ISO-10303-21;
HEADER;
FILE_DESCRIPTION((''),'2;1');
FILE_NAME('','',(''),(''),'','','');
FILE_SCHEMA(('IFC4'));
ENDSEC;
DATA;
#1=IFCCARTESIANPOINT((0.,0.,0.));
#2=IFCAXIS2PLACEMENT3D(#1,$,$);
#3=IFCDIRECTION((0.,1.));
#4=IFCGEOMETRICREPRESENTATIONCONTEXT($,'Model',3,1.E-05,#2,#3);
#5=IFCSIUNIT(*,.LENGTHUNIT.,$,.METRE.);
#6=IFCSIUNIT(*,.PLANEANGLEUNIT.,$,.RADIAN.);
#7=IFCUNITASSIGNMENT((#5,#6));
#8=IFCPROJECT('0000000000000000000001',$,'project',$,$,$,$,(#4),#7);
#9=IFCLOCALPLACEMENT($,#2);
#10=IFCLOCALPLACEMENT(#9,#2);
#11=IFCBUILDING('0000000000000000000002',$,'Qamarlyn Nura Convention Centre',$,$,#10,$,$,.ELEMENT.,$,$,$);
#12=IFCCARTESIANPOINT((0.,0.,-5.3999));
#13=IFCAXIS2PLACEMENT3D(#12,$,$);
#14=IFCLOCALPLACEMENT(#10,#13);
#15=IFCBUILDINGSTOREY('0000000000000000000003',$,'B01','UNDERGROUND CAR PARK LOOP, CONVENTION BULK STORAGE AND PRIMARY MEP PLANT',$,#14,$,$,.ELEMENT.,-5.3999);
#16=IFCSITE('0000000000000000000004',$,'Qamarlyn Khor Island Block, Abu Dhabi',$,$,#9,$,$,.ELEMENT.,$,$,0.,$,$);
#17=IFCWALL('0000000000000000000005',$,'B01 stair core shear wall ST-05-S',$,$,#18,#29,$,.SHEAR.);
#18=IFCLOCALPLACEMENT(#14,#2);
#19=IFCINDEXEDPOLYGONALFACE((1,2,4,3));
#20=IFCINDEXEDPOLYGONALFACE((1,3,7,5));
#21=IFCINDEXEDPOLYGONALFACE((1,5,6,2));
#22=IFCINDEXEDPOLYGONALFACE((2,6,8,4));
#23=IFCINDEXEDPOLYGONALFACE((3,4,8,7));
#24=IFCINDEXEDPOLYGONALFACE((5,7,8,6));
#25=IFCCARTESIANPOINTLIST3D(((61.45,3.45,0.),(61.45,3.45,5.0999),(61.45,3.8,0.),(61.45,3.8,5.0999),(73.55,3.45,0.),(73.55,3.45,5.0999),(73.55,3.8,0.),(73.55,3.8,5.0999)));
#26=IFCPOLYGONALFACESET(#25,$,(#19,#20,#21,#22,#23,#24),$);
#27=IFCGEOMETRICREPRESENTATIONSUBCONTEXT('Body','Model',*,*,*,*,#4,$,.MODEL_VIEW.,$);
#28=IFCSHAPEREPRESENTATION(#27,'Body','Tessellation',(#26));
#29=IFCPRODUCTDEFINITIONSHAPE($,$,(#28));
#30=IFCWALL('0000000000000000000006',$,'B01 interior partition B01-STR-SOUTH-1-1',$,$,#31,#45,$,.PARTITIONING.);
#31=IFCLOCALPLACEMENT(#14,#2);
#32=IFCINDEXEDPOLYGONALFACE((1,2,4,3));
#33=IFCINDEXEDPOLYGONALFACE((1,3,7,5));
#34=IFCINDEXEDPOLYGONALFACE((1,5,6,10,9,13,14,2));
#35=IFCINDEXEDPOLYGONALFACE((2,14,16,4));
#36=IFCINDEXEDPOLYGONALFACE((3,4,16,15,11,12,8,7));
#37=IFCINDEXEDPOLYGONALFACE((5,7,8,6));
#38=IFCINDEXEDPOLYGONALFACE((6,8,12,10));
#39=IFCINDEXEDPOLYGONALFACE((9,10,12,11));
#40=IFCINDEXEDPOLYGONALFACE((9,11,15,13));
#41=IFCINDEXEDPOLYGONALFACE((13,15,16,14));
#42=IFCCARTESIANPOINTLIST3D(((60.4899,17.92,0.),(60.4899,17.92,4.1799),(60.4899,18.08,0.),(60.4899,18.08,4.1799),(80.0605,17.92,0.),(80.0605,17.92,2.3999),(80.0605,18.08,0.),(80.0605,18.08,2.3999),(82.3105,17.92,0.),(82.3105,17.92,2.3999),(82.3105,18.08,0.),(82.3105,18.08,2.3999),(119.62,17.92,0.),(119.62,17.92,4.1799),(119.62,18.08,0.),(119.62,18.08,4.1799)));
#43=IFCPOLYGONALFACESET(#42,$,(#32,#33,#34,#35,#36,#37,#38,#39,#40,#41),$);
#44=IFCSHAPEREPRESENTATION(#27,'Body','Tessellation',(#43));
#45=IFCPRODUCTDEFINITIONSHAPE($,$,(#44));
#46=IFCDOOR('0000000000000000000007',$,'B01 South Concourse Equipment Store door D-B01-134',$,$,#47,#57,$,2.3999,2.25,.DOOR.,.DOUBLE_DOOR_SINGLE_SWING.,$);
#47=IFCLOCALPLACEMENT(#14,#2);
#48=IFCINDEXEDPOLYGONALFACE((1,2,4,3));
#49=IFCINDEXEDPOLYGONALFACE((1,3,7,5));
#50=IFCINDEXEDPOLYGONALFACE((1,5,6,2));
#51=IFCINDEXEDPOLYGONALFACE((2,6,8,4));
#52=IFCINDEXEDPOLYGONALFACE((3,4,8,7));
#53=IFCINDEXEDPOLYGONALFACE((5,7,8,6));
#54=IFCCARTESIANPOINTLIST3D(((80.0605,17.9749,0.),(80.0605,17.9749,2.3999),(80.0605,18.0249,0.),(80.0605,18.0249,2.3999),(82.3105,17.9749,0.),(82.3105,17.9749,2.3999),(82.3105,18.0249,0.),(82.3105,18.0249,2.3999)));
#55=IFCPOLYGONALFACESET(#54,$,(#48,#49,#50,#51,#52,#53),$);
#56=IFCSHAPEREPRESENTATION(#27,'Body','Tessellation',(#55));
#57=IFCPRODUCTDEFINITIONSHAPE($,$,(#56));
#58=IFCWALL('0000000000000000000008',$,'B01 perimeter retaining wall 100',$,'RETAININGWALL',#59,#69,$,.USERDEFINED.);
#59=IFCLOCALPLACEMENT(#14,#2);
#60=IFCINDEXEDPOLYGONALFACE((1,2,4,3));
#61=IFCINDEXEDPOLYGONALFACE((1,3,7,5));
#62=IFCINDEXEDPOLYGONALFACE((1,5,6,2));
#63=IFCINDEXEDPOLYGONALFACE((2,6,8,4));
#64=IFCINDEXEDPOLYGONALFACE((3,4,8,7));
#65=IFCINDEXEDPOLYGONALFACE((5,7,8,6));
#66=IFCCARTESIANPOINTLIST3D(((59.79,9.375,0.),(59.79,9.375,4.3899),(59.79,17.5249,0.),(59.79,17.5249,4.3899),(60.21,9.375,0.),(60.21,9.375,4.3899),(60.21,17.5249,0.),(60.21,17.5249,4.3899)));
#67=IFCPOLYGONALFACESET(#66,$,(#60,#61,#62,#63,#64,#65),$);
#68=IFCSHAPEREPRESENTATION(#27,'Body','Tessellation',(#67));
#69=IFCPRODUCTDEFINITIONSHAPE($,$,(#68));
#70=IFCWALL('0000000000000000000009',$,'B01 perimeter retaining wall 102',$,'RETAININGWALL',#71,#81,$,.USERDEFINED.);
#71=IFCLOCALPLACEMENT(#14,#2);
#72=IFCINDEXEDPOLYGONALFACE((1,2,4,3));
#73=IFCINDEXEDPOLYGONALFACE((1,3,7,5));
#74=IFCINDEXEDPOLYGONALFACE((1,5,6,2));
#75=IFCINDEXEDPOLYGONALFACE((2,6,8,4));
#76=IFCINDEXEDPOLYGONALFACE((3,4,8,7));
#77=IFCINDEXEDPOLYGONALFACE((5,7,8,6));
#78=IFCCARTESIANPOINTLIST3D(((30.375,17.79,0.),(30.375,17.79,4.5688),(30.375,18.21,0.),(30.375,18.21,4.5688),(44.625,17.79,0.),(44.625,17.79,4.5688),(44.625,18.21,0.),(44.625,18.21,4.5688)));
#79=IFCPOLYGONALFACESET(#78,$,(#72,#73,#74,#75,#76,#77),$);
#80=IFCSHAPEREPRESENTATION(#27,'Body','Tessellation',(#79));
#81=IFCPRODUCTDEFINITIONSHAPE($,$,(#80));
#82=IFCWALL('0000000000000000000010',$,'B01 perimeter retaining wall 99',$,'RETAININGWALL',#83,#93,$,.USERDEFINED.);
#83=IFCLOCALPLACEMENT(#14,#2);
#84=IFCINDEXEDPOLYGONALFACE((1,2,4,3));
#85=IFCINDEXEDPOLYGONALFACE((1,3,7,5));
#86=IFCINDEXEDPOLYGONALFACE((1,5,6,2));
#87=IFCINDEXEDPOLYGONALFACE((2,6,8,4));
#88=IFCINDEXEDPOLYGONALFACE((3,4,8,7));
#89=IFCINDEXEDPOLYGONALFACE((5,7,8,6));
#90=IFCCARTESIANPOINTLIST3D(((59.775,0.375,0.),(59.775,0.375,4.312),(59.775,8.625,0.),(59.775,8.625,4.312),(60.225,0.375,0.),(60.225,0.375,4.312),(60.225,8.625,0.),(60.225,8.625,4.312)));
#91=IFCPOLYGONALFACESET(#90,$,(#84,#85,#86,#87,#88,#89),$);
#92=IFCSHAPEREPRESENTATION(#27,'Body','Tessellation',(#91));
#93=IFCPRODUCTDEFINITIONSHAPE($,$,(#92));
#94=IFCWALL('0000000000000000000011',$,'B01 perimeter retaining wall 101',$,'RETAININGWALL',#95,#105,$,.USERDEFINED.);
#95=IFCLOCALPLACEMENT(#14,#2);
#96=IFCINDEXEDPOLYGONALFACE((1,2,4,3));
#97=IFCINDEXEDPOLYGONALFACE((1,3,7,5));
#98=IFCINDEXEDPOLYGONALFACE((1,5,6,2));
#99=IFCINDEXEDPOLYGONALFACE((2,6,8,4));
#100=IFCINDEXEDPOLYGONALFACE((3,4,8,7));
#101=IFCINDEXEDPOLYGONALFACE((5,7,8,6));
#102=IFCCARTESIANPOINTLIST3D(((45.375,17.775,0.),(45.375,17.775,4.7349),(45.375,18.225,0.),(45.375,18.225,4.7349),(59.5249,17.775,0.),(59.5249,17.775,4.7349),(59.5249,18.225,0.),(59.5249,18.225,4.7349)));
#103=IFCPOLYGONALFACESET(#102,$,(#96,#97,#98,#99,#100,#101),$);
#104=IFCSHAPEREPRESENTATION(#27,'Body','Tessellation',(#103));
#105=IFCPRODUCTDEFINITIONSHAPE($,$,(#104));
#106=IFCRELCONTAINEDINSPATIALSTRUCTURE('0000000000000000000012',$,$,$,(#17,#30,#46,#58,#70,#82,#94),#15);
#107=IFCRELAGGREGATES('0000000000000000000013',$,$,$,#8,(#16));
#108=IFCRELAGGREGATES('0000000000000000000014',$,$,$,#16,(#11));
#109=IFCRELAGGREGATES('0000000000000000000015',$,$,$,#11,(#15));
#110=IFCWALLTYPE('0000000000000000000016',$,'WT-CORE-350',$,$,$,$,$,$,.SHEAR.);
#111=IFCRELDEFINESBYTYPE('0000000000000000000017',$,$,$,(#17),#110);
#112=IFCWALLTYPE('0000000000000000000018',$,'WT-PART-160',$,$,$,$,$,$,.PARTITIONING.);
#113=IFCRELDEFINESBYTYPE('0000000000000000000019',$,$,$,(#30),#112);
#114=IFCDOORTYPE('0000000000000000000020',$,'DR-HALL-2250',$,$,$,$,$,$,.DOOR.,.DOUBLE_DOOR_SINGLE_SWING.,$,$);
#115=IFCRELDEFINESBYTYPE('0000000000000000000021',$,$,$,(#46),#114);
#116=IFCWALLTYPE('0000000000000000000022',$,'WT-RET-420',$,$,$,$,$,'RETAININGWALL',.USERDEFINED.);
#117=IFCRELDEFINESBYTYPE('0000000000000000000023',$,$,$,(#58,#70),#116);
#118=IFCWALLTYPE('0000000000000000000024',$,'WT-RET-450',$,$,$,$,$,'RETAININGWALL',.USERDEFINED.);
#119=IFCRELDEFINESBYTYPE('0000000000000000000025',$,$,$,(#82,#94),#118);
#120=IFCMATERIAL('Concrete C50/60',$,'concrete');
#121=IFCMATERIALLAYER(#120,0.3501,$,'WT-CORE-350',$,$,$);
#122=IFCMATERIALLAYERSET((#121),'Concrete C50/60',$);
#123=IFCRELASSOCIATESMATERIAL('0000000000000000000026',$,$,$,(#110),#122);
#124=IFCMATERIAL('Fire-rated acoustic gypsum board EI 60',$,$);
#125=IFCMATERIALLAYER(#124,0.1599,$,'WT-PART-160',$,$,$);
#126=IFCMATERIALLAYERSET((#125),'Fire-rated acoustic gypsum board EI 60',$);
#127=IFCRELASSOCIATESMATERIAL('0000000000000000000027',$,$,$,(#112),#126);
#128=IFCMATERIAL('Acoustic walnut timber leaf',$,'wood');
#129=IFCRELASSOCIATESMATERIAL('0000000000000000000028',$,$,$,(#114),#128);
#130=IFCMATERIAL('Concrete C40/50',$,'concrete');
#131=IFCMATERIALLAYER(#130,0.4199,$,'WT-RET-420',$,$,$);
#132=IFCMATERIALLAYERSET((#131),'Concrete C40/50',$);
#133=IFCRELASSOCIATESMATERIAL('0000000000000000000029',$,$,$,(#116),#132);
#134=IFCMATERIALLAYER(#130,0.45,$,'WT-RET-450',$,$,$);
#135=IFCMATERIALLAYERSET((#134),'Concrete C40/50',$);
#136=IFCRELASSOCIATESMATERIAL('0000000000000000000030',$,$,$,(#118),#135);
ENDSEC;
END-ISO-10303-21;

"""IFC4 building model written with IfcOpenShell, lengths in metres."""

from ifc_helpers import new_model, si_unit, direction, frame, frame_2d, origin, place, context, subcontext, project, spatial, rectangle, extrude, material, layer, layer_set, type_object, element, fill, save


model = new_model("IFC4")

# Units and contexts
model_context = context("Model", 3, precision=1e-05, world=origin(), true_north=direction((0.0, 1.0)))
body_context = subcontext(model_context, "Body", "Model", "MODEL_VIEW")
ifc_project = project(units=[si_unit("LENGTHUNIT", "METRE"), si_unit("PLANEANGLEUNIT", "RADIAN")], contexts=[model_context])

# Site, building, storey
site_placement = place(None, origin())
site = spatial("IfcSite", under=ifc_project, at=site_placement, Name="Qamarlyn Khor Island Block, Abu Dhabi", CompositionType="ELEMENT", RefElevation=0.0)
building_placement = place(site_placement, origin())
building = spatial("IfcBuilding", under=site, at=building_placement, Name="Qamarlyn Nura Convention Centre", CompositionType="ELEMENT")
storey_placement = place(building_placement, frame((0.0, 0.0, -5.3999)))
storey = spatial("IfcBuildingStorey", under=building, at=storey_placement, Name="B01", Description="UNDERGROUND CAR PARK LOOP, CONVENTION BULK STORAGE AND PRIMARY MEP PLANT", CompositionType="ELEMENT", Elevation=-5.3999)

# Shared definitions
ifc_material_1 = material(Name="Concrete C40/50", Category="concrete")

# Shared definitions
ifc_material_2 = material(Name="Concrete C50/60", Category="concrete")

# Wall
ifc_layer_1 = layer(ifc_material_2, 0.3501, Name="WT-CORE-350")
ifc_layer_set_1 = layer_set([ifc_layer_1], Name="Concrete C50/60")
wall_type_1 = type_object("IfcWallType", Name="WT-CORE-350", PredefinedType="SHEAR", material=ifc_layer_set_1)
wall_1_placement = place(storey_placement, frame((61.45, 3.625, 0.0), z_axis=(0.0, 0.0, 1.0), x_axis=(1.0, 0.0, 0.0)))
element("IfcWall", 1, at=wall_1_placement, inside=storey, type_object=wall_type_1, Name="B01 stair core shear wall ST-05-S", PredefinedType="SHEAR", context=body_context, shape_type="SweptSolid", body=[
    extrude(rectangle(XDim=12.1001, YDim=0.3501, at=frame_2d((6.05, 0.0))), origin(), (0.0, 0.0, 1.0), 5.0999),
])

# Wall, opening, door
ifc_material_3 = material(Name="Fire-rated acoustic gypsum board EI 60")
ifc_layer_2 = layer(ifc_material_3, 0.1599, Name="WT-PART-160")
ifc_layer_set_2 = layer_set([ifc_layer_2], Name="Fire-rated acoustic gypsum board EI 60")
wall_type_2 = type_object("IfcWallType", Name="WT-PART-160", PredefinedType="PARTITIONING", material=ifc_layer_set_2)
wall_2_placement = place(storey_placement, frame((60.49, 18.0, 0.0), z_axis=(0.0, 0.0, 1.0), x_axis=(1.0, 0.0, 0.0)))
wall_2 = element("IfcWall", 2, at=wall_2_placement, inside=storey, type_object=wall_type_2, Name="B01 interior partition B01-STR-SOUTH-1-1", PredefinedType="PARTITIONING", context=body_context, shape_type="SweptSolid", body=[
    extrude(rectangle(XDim=59.1301, YDim=0.1599, at=frame_2d((29.5649, 0.0))), origin(), (0.0, 0.0, 1.0), 4.1799),
])
opening_placement = place(wall_2_placement, frame((19.5706, 0.0, 0.0)))
opening = element("IfcOpeningElement", 3, at=opening_placement, cuts=wall_2, PredefinedType="OPENING", context=body_context, shape_type="SweptSolid", body=[
    extrude(rectangle(XDim=2.25, YDim=2.3999, at=frame_2d((1.125, 1.2))), frame((0.0, 0.0898, 0.0), z_axis=(0.0, -1.0, 0.0), x_axis=(1.0, 0.0, 0.0)), (0.0, 0.0, 1.0), 0.1799),
])
ifc_material_4 = material(Name="Acoustic walnut timber leaf", Category="wood")
door_type = type_object("IfcDoorType", Name="DR-HALL-2250", OperationType="DOUBLE_DOOR_SINGLE_SWING", PredefinedType="DOOR", material=ifc_material_4)
door_placement = place(opening_placement, origin())
door = element("IfcDoor", 4, at=door_placement, inside=storey, type_object=door_type, Name="B01 South Concourse Equipment Store door D-B01-134", OperationType="DOUBLE_DOOR_SINGLE_SWING", OverallHeight=2.3999, OverallWidth=2.25, PredefinedType="DOOR", context=body_context, shape_type="SweptSolid", body=[
    extrude(rectangle(XDim=2.25, YDim=2.3999, at=frame_2d((1.125, 1.2))), frame((0.0, 0.0249, 0.0), z_axis=(0.0, -1.0, 0.0), x_axis=(1.0, 0.0, 0.0)), (0.0, 0.0, 1.0), 0.05),
])
fill(opening, door)

# Walls
ifc_layer_3 = layer(ifc_material_1, 0.4199, Name="WT-RET-420")
ifc_layer_set_3 = layer_set([ifc_layer_3], Name="Concrete C40/50")
wall_type_3 = type_object("IfcWallType", Name="WT-RET-420", ElementType="RETAININGWALL", PredefinedType="USERDEFINED", material=ifc_layer_set_3)
wall_3_placement = place(storey_placement, frame((60.0, 9.375, 0.0), z_axis=(0.0, 0.0, 1.0), x_axis=(0.0, 1.0, 0.0)))
element("IfcWall", 5, at=wall_3_placement, inside=storey, type_object=wall_type_3, Name="B01 perimeter retaining wall 100", ObjectType="RETAININGWALL", PredefinedType="USERDEFINED", context=body_context, shape_type="SweptSolid", body=[
    extrude(rectangle(XDim=8.1499, YDim=0.4199, at=frame_2d((4.075, 0.0))), origin(), (0.0, 0.0, 1.0), 4.3899),
])
wall_4_placement = place(storey_placement, frame((44.625, 18.0, 0.0), z_axis=(0.0, 0.0, 1.0), x_axis=(-1.0, 0.0, 0.0)))
element("IfcWall", 6, at=wall_4_placement, inside=storey, type_object=wall_type_3, Name="B01 perimeter retaining wall 102", ObjectType="RETAININGWALL", PredefinedType="USERDEFINED", context=body_context, shape_type="SweptSolid", body=[
    extrude(rectangle(XDim=14.25, YDim=0.4199, at=frame_2d((7.125, 0.0))), origin(), (0.0, 0.0, 1.0), 4.5688),
])
ifc_layer_4 = layer(ifc_material_1, 0.45, Name="WT-RET-450")
ifc_layer_set_4 = layer_set([ifc_layer_4], Name="Concrete C40/50")
wall_type_4 = type_object("IfcWallType", Name="WT-RET-450", ElementType="RETAININGWALL", PredefinedType="USERDEFINED", material=ifc_layer_set_4)
wall_5_placement = place(storey_placement, frame((60.0, 0.375, 0.0), z_axis=(0.0, 0.0, 1.0), x_axis=(0.0, 1.0, 0.0)))
element("IfcWall", 7, at=wall_5_placement, inside=storey, type_object=wall_type_4, Name="B01 perimeter retaining wall 99", ObjectType="RETAININGWALL", PredefinedType="USERDEFINED", context=body_context, shape_type="SweptSolid", body=[
    extrude(rectangle(XDim=8.25, YDim=0.45, at=frame_2d((4.125, 0.0))), origin(), (0.0, 0.0, 1.0), 4.312),
])
wall_6_placement = place(storey_placement, frame((59.5249, 18.0, 0.0), z_axis=(0.0, 0.0, 1.0), x_axis=(-1.0, 0.0, 0.0)))
element("IfcWall", 8, at=wall_6_placement, inside=storey, type_object=wall_type_4, Name="B01 perimeter retaining wall 101", ObjectType="RETAININGWALL", PredefinedType="USERDEFINED", context=body_context, shape_type="SweptSolid", body=[
    extrude(rectangle(XDim=14.1499, YDim=0.45, at=frame_2d((7.075, 0.0))), origin(), (0.0, 0.0, 1.0), 4.7349),
])

save(model, "model.ifc")
